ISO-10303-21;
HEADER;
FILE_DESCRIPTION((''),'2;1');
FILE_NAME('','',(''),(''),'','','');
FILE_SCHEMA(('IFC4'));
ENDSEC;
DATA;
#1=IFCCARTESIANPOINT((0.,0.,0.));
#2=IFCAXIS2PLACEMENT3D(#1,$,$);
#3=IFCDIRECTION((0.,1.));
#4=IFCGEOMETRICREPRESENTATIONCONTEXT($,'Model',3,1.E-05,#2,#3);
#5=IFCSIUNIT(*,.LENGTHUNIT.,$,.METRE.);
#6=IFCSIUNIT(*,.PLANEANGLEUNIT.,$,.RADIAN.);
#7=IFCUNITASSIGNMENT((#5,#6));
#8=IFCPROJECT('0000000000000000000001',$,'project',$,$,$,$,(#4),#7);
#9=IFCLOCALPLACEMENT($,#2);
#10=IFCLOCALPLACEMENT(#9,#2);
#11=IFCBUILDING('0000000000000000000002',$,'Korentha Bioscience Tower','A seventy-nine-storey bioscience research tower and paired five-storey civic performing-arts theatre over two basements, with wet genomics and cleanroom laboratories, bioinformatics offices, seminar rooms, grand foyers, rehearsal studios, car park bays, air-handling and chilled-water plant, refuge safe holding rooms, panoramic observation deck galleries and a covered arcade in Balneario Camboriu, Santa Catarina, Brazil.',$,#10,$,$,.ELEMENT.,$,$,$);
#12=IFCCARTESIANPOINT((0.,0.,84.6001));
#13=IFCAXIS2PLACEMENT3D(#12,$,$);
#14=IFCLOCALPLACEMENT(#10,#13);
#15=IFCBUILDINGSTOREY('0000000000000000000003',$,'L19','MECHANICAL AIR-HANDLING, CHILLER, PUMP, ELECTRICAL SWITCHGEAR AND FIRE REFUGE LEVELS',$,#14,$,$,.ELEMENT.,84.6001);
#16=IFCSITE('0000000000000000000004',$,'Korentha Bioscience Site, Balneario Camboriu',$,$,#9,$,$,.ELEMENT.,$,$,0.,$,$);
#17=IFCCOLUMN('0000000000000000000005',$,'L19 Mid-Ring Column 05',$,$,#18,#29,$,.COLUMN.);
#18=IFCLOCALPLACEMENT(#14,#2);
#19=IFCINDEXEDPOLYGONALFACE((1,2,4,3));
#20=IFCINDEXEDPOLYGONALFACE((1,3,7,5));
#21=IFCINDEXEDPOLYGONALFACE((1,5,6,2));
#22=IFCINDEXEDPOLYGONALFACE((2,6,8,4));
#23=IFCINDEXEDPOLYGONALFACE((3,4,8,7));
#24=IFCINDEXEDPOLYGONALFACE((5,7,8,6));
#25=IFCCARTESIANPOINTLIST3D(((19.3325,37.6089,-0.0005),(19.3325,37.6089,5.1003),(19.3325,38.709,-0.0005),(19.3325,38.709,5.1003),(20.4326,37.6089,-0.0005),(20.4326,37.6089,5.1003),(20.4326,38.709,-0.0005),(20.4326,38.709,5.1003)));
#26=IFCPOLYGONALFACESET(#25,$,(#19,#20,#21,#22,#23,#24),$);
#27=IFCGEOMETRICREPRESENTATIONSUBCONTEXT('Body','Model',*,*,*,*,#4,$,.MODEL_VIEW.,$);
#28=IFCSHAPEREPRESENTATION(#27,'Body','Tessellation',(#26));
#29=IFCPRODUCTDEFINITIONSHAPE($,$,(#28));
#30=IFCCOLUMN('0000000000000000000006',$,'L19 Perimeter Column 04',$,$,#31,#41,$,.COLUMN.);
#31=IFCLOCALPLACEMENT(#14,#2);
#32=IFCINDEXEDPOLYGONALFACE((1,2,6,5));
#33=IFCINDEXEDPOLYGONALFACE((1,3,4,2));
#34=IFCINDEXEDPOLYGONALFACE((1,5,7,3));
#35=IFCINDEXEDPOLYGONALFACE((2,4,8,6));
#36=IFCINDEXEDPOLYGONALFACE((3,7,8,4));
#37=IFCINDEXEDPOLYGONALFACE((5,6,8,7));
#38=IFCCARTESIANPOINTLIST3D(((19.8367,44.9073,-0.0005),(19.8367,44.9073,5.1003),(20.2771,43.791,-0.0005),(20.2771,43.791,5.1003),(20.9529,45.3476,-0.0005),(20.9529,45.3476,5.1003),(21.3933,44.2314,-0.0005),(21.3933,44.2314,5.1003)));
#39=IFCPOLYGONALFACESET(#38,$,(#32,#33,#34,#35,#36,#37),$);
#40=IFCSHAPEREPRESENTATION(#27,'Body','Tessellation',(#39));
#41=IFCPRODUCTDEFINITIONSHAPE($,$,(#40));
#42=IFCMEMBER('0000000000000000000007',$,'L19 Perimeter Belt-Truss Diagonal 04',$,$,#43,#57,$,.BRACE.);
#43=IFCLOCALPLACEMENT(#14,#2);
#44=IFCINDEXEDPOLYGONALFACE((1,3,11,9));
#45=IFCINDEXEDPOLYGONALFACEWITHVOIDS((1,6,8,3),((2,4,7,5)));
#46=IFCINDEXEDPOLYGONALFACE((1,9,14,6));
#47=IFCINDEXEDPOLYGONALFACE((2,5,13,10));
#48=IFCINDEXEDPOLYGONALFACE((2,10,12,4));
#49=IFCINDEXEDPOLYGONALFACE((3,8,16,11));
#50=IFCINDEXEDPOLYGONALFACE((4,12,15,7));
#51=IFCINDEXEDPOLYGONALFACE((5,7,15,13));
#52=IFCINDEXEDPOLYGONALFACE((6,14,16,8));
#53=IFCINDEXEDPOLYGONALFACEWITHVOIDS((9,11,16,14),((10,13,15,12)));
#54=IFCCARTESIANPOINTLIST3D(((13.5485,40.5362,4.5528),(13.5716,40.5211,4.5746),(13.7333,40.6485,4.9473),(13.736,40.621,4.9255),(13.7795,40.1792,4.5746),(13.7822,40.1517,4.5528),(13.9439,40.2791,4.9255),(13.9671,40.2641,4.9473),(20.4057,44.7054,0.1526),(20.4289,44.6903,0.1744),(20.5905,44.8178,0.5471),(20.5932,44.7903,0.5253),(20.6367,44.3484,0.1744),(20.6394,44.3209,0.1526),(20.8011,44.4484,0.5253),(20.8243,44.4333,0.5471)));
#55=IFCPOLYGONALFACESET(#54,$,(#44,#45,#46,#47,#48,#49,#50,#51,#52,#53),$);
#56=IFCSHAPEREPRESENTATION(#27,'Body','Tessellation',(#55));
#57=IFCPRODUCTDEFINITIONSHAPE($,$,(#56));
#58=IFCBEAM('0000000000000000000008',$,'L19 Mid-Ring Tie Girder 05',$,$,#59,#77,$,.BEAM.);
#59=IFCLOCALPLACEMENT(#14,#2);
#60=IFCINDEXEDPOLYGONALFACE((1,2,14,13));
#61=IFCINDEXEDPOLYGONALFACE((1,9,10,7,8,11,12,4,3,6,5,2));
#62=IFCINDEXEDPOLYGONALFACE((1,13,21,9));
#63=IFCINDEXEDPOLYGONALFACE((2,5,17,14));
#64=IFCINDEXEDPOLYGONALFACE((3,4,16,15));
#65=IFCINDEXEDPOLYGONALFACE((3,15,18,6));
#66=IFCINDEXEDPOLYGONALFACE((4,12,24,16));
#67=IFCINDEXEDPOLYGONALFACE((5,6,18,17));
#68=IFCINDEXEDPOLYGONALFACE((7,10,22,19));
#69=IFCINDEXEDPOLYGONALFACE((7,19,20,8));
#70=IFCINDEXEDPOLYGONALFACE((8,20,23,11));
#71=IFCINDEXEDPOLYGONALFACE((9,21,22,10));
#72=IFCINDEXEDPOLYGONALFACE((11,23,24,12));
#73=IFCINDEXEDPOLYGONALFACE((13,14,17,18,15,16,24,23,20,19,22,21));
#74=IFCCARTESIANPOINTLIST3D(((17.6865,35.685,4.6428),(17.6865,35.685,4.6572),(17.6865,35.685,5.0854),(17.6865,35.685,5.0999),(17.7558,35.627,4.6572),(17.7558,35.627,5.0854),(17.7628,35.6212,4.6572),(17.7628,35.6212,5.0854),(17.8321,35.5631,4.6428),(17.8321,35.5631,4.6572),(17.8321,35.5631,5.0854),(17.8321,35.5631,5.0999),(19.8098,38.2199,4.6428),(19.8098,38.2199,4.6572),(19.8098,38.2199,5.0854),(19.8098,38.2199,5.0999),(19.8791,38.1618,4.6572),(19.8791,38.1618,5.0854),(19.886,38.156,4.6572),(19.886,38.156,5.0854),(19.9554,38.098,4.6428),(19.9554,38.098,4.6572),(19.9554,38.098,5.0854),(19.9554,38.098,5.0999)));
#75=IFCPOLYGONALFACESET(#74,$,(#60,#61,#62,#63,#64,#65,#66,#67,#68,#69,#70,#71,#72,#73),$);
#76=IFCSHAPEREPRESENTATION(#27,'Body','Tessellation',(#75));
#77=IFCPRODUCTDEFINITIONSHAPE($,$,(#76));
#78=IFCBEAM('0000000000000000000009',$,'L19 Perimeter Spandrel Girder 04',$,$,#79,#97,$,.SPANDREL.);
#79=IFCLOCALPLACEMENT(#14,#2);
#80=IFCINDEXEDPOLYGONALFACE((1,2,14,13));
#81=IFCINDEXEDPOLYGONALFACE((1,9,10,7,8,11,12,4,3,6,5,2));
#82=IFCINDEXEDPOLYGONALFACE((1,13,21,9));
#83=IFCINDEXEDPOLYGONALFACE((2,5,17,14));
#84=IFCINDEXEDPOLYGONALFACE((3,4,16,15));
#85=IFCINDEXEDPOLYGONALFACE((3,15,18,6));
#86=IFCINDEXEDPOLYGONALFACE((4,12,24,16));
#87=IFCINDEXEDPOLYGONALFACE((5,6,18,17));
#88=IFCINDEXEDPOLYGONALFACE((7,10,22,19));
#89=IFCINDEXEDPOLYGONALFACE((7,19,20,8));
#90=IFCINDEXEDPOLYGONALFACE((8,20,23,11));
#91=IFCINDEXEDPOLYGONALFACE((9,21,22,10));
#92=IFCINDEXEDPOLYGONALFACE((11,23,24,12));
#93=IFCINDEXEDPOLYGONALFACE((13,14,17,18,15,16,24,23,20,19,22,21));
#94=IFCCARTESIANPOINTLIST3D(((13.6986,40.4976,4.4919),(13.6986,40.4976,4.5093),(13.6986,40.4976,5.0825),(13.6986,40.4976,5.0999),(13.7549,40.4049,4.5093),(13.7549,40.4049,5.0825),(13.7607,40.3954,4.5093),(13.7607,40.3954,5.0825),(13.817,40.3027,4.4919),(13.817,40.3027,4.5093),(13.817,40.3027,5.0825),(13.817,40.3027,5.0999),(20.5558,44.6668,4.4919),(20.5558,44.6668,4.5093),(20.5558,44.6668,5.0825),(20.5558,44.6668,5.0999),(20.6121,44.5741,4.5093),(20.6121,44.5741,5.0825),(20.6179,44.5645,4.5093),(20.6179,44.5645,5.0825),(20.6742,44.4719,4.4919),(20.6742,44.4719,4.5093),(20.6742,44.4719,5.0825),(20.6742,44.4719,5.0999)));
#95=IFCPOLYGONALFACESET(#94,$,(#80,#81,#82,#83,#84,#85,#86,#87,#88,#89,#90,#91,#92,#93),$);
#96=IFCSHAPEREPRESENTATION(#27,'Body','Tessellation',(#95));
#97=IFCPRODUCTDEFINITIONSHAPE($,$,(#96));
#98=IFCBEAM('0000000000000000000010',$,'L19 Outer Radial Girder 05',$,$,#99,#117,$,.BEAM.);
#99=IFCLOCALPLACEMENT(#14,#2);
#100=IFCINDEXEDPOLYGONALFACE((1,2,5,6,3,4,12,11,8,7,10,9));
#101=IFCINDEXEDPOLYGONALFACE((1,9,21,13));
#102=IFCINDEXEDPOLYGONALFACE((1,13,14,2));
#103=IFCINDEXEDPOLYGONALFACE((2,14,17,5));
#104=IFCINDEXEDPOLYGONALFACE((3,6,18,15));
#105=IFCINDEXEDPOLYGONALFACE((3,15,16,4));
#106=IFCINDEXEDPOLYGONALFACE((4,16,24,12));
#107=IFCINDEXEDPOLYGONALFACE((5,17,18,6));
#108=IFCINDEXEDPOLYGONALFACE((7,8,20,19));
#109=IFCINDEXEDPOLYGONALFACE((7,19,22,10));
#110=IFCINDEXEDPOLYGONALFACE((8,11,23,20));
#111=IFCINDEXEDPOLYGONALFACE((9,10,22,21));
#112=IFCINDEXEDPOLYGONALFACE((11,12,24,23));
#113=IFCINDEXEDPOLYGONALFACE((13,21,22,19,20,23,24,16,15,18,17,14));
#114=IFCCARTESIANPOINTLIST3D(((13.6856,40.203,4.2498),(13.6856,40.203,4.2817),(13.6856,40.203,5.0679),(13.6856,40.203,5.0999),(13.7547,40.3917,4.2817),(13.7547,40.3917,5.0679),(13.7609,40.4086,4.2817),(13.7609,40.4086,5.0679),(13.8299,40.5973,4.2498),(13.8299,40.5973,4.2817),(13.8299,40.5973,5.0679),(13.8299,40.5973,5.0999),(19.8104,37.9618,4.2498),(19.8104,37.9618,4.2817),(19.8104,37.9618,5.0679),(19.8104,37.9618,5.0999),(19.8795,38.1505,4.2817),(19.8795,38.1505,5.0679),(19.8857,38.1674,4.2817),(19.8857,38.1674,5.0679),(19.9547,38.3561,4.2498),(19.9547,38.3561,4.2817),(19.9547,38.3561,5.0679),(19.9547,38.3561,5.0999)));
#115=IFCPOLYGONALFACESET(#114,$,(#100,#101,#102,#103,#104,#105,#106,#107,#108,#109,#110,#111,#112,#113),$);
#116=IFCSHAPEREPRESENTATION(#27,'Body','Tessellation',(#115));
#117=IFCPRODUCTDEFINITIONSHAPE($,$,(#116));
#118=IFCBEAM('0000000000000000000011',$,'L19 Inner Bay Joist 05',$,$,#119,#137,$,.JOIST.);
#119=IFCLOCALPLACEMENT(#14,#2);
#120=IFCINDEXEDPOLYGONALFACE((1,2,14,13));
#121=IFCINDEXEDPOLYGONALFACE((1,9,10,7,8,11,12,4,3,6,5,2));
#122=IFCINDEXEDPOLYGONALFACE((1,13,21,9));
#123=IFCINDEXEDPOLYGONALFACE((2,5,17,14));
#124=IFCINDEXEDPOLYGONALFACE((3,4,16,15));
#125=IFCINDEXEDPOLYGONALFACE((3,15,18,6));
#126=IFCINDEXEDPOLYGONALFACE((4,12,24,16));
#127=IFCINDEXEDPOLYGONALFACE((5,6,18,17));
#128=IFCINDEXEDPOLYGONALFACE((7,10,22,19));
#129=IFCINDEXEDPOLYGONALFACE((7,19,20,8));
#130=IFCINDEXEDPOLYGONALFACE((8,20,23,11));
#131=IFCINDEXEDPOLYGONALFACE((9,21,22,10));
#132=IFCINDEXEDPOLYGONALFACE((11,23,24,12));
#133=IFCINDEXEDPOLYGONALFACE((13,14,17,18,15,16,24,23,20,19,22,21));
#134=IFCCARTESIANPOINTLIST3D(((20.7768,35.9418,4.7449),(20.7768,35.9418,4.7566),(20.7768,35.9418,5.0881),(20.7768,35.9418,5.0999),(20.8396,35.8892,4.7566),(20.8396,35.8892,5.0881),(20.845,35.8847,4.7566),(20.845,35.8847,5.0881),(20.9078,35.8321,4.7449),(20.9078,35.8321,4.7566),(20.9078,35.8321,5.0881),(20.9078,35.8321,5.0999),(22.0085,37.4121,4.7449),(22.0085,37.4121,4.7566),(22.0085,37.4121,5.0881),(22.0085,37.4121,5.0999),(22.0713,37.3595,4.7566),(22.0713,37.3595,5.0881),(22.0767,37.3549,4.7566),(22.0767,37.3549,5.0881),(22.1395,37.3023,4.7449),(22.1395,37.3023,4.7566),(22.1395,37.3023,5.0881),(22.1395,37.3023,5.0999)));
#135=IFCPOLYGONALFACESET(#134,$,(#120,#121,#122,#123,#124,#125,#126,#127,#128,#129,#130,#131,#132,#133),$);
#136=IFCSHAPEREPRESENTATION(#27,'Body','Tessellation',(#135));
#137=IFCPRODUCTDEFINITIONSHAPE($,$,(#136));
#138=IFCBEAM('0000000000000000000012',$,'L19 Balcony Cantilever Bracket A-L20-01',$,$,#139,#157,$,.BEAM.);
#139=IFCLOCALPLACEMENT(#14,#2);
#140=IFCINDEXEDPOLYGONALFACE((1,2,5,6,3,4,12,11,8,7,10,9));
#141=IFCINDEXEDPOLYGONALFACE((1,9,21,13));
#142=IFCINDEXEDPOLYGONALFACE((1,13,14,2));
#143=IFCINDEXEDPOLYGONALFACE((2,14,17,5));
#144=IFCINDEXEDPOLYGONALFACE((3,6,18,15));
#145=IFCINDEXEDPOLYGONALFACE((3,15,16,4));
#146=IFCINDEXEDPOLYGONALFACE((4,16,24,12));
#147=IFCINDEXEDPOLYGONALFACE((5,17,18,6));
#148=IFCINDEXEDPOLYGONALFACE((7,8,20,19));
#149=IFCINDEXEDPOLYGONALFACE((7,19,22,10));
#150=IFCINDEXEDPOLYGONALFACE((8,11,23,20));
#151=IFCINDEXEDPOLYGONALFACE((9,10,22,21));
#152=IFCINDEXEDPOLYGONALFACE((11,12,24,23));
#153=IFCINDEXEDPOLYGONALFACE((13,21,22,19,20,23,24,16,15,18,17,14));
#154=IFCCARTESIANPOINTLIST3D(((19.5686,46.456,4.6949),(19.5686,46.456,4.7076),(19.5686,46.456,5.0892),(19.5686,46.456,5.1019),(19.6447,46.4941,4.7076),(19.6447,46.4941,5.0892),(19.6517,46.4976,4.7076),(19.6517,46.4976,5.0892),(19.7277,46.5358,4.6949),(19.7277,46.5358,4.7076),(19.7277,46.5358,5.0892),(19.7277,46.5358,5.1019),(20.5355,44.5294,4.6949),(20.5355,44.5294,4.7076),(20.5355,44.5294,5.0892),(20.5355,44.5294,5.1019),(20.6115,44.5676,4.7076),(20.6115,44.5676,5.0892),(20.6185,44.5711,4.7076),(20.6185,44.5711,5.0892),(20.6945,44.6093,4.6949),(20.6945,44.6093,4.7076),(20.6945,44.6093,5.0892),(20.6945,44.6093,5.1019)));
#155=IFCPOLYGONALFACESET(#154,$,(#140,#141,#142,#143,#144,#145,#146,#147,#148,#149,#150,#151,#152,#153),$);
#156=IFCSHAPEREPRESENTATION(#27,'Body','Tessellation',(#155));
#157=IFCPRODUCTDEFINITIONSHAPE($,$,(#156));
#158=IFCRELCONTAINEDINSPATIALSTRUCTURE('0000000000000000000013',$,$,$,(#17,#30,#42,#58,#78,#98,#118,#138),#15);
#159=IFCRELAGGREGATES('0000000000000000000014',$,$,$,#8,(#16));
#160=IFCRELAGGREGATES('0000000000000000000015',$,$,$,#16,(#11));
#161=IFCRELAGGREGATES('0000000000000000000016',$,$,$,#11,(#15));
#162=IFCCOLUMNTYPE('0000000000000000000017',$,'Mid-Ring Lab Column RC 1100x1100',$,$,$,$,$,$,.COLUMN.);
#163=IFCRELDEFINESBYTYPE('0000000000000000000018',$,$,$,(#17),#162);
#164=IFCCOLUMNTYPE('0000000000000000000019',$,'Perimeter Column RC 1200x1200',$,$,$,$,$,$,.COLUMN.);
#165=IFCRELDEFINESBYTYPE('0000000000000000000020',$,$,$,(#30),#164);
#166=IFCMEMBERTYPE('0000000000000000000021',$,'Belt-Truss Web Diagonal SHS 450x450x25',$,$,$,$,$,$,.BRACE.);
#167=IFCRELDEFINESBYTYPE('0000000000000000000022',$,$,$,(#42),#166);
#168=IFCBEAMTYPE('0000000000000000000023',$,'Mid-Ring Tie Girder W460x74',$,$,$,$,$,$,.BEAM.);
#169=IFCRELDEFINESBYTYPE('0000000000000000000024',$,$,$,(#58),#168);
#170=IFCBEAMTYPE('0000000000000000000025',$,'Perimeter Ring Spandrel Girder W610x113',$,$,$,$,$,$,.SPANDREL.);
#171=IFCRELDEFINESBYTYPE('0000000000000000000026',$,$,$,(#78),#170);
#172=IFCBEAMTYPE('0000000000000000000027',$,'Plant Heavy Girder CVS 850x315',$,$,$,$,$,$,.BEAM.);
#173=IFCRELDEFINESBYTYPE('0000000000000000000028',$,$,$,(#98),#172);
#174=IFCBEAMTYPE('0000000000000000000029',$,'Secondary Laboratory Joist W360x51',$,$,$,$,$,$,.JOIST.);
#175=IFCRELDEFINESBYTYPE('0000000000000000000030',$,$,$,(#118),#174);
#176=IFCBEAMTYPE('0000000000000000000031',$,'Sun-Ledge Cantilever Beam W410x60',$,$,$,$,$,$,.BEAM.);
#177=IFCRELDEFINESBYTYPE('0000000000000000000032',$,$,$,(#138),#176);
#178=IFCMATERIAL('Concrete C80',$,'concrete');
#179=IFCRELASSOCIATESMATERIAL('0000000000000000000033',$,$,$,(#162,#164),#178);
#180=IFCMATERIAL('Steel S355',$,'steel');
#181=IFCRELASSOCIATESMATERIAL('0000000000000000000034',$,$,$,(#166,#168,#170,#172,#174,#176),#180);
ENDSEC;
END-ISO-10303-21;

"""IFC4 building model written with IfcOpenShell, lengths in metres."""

from ifc_helpers import new_model, si_unit, direction, frame, origin, origin_2d, place, context, subcontext, project, spatial, rectangle, hollow_rectangle, i_section, extrude, material, material_profile, profile_set, type_object, element, save


model = new_model("IFC4")

# Units and contexts
model_context = context("Model", 3, precision=1e-05, world=origin(), true_north=direction((0.0, 1.0)))
body_context = subcontext(model_context, "Body", "Model", "MODEL_VIEW")
ifc_project = project(units=[si_unit("LENGTHUNIT", "METRE"), si_unit("PLANEANGLEUNIT", "RADIAN")], contexts=[model_context])

# Site, building, storey
site_placement = place(None, origin())
site = spatial("IfcSite", under=ifc_project, at=site_placement, Name="Korentha Bioscience Site, Balneario Camboriu", CompositionType="ELEMENT", RefElevation=0.0)
building_placement = place(site_placement, origin())
building = spatial("IfcBuilding", under=site, at=building_placement, Name="Korentha Bioscience Tower", Description="A seventy-nine-storey bioscience research tower and paired five-storey civic performing-arts theatre over two basements, with wet genomics and cleanroom laboratories, bioinformatics offices, seminar rooms, grand foyers, rehearsal studios, car park bays, air-handling and chilled-water plant, refuge safe holding rooms, panoramic observation deck galleries and a covered arcade in Balneario Camboriu, Santa Catarina, Brazil.", CompositionType="ELEMENT")
storey_placement = place(building_placement, frame((0.0, 0.0, 84.6001)))
storey = spatial("IfcBuildingStorey", under=building, at=storey_placement, Name="L19", Description="MECHANICAL AIR-HANDLING, CHILLER, PUMP, ELECTRICAL SWITCHGEAR AND FIRE REFUGE LEVELS", CompositionType="ELEMENT", Elevation=84.6001)

# Columns
ifc_material_1 = material(Name="Concrete C80", Category="concrete")
ifc_material_profile_1 = material_profile(ifc_material_1, rectangle(XDim=1.1001, YDim=1.1001, at=origin_2d()), Name="Concrete C80")
ifc_profile_set_1 = profile_set([ifc_material_profile_1], Name="Concrete C80 (COL-MR11)")
column_type_1 = type_object("IfcColumnType", Name="Mid-Ring Lab Column RC 1100x1100", PredefinedType="COLUMN", material=ifc_profile_set_1)
column_1_placement = place(storey_placement, frame((19.8826, 38.1589, -0.0005), z_axis=(0.0, 0.0, 1.0), x_axis=(1.0, 0.0, 0.0)))
element("IfcColumn", 1, at=column_1_placement, inside=storey, type_object=column_type_1, Name="L19 Mid-Ring Column 05", PredefinedType="COLUMN", context=body_context, shape_type="SweptSolid", body=[
    extrude(rectangle(XDim=1.1001, YDim=1.1001, at=origin_2d()), origin(), (0.0, 0.0, 1.0), 5.1008),
])
ifc_material_profile_2 = material_profile(ifc_material_1, rectangle(XDim=1.2, YDim=1.2, at=origin_2d()), Name="Concrete C80")
ifc_profile_set_2 = profile_set([ifc_material_profile_2], Name="Concrete C80 (COL-P12)")
column_type_2 = type_object("IfcColumnType", Name="Perimeter Column RC 1200x1200", PredefinedType="COLUMN", material=ifc_profile_set_2)
column_2_placement = place(storey_placement, frame((20.615, 44.5693, -0.0005), z_axis=(0.0, 0.0, 1.0), x_axis=(0.930226, 0.366988, 0.0)))
element("IfcColumn", 2, at=column_2_placement, inside=storey, type_object=column_type_2, Name="L19 Perimeter Column 04", PredefinedType="COLUMN", context=body_context, shape_type="SweptSolid", body=[
    extrude(rectangle(XDim=1.2, YDim=1.2, at=origin_2d()), origin(), (0.0, 0.0, 1.0), 5.1008),
])

# Member
ifc_material_2 = material(Name="Steel S355", Category="steel")
ifc_material_profile_3 = material_profile(ifc_material_2, hollow_rectangle(XDim=0.45, YDim=0.45, WallThickness=0.0249, at=origin_2d()), Name="Steel S355")
ifc_profile_set_3 = profile_set([ifc_material_profile_3], Name="Steel S355 (BT-D450)")
member_type = type_object("IfcMemberType", Name="Belt-Truss Web Diagonal SHS 450x450x25", PredefinedType="BRACE", material=ifc_profile_set_3)
member_placement = place(storey_placement, frame((20.615, 44.5693, 0.3499), z_axis=(-0.749231, -0.455535, 0.48077), x_axis=(0.519515, -0.854461, 0.0)))
element("IfcMember", 3, at=member_placement, inside=storey, type_object=member_type, Name="L19 Perimeter Belt-Truss Diagonal 04", PredefinedType="BRACE", context=body_context, shape_type="SweptSolid", body=[
    extrude(hollow_rectangle(XDim=0.45, YDim=0.45, WallThickness=0.0249, at=origin_2d()), origin(), (0.0, 0.0, 1.0), 9.1523),
])

# Beams
ifc_material_profile_4 = material_profile(ifc_material_2, i_section(OverallWidth=0.1899, OverallDepth=0.457, WebThickness=0.009, FlangeThickness=0.0144, at=origin_2d()), Name="Steel S355")
ifc_profile_set_4 = profile_set([ifc_material_profile_4], Name="Steel S355 (MB-460)")
beam_type_1 = type_object("IfcBeamType", Name="Mid-Ring Tie Girder W460x74", PredefinedType="BEAM", material=ifc_profile_set_4)
beam_1_placement = place(storey_placement, frame((19.8826, 38.1589, 4.8713), z_axis=(-0.642121, -0.766603, 0.0), x_axis=(0.766603, -0.642121, 0.0)))
element("IfcBeam", 4, at=beam_1_placement, inside=storey, type_object=beam_type_1, Name="L19 Mid-Ring Tie Girder 05", PredefinedType="BEAM", context=body_context, shape_type="SweptSolid", body=[
    extrude(i_section(OverallWidth=0.1899, OverallDepth=0.457, WebThickness=0.009, FlangeThickness=0.0144, at=origin_2d()), origin(), (0.0, 0.0, 1.0), 3.3066),
])
ifc_material_profile_5 = material_profile(ifc_material_2, i_section(OverallWidth=0.228, OverallDepth=0.6079, WebThickness=0.0112, FlangeThickness=0.0173, at=origin_2d()), Name="Steel S355")
ifc_profile_set_5 = profile_set([ifc_material_profile_5], Name="Steel S355 (SB-610)")
beam_type_2 = type_object("IfcBeamType", Name="Perimeter Ring Spandrel Girder W610x113", PredefinedType="SPANDREL", material=ifc_profile_set_5)
beam_2_placement = place(storey_placement, frame((20.615, 44.5693, 4.7959), z_axis=(-0.854461, -0.519515, 0.0), x_axis=(0.519515, -0.854461, 0.0)))
element("IfcBeam", 5, at=beam_2_placement, inside=storey, type_object=beam_type_2, Name="L19 Perimeter Spandrel Girder 04", PredefinedType="SPANDREL", context=body_context, shape_type="SweptSolid", body=[
    extrude(i_section(OverallWidth=0.228, OverallDepth=0.6079, WebThickness=0.0112, FlangeThickness=0.0173, at=origin_2d()), origin(), (0.0, 0.0, 1.0), 8.0251),
])
ifc_material_profile_6 = material_profile(ifc_material_2, i_section(OverallWidth=0.4199, OverallDepth=0.8501, WebThickness=0.0181, FlangeThickness=0.032, at=origin_2d()), Name="Steel S355")
ifc_profile_set_6 = profile_set([ifc_material_profile_6], Name="Steel S355 (MB-850)")
beam_type_3 = type_object("IfcBeamType", Name="Plant Heavy Girder CVS 850x315", PredefinedType="BEAM", material=ifc_profile_set_6)
beam_3_placement = place(storey_placement, frame((19.8826, 38.1589, 4.6748), z_axis=(-0.939101, 0.343642, 0.0), x_axis=(-0.343642, -0.939101, 0.0)))
element("IfcBeam", 6, at=beam_3_placement, inside=storey, type_object=beam_type_3, Name="L19 Outer Radial Girder 05", PredefinedType="BEAM", context=body_context, shape_type="SweptSolid", body=[
    extrude(i_section(OverallWidth=0.4199, OverallDepth=0.8501, WebThickness=0.0181, FlangeThickness=0.032, at=origin_2d()), origin(), (0.0, 0.0, 1.0), 6.522),
])
ifc_material_profile_7 = material_profile(ifc_material_2, i_section(OverallWidth=0.1709, OverallDepth=0.355, WebThickness=0.0071, FlangeThickness=0.0117, at=origin_2d()), Name="Steel S355")
ifc_profile_set_7 = profile_set([ifc_material_profile_7], Name="Steel S355 (JB-360)")
beam_type_4 = type_object("IfcBeamType", Name="Secondary Laboratory Joist W360x51", PredefinedType="JOIST", material=ifc_profile_set_7)
beam_4_placement = place(storey_placement, frame((22.074, 37.3572, 4.9224), z_axis=(-0.642185, -0.766549, 0.0), x_axis=(0.766549, -0.642185, 0.0)))
element("IfcBeam", 7, at=beam_4_placement, inside=storey, type_object=beam_type_4, Name="L19 Inner Bay Joist 05", PredefinedType="JOIST", context=body_context, shape_type="SweptSolid", body=[
    extrude(i_section(OverallWidth=0.1709, OverallDepth=0.355, WebThickness=0.0071, FlangeThickness=0.0117, at=origin_2d()), origin(), (0.0, 0.0, 1.0), 1.918),
])
ifc_material_profile_8 = material_profile(ifc_material_2, i_section(OverallWidth=0.178, OverallDepth=0.407, WebThickness=0.0078, FlangeThickness=0.0127, at=origin_2d()), Name="Steel S355")
ifc_profile_set_8 = profile_set([ifc_material_profile_8], Name="Steel S355 (CB-410)")
beam_type_5 = type_object("IfcBeamType", Name="Sun-Ledge Cantilever Beam W410x60", PredefinedType="BEAM", material=ifc_profile_set_8)
beam_5_placement = place(storey_placement, frame((20.615, 44.5693, 4.8984), z_axis=(-0.448527, 0.893769, 0.0), x_axis=(-0.893769, -0.448527, 0.0)))
element("IfcBeam", 8, at=beam_5_placement, inside=storey, type_object=beam_type_5, Name="L19 Balcony Cantilever Bracket A-L20-01", PredefinedType="BEAM", context=body_context, shape_type="SweptSolid", body=[
    extrude(i_section(OverallWidth=0.178, OverallDepth=0.407, WebThickness=0.0078, FlangeThickness=0.0127, at=origin_2d()), origin(), (0.0, 0.0, 1.0), 2.1555),
])

save(model, "model.ifc")
